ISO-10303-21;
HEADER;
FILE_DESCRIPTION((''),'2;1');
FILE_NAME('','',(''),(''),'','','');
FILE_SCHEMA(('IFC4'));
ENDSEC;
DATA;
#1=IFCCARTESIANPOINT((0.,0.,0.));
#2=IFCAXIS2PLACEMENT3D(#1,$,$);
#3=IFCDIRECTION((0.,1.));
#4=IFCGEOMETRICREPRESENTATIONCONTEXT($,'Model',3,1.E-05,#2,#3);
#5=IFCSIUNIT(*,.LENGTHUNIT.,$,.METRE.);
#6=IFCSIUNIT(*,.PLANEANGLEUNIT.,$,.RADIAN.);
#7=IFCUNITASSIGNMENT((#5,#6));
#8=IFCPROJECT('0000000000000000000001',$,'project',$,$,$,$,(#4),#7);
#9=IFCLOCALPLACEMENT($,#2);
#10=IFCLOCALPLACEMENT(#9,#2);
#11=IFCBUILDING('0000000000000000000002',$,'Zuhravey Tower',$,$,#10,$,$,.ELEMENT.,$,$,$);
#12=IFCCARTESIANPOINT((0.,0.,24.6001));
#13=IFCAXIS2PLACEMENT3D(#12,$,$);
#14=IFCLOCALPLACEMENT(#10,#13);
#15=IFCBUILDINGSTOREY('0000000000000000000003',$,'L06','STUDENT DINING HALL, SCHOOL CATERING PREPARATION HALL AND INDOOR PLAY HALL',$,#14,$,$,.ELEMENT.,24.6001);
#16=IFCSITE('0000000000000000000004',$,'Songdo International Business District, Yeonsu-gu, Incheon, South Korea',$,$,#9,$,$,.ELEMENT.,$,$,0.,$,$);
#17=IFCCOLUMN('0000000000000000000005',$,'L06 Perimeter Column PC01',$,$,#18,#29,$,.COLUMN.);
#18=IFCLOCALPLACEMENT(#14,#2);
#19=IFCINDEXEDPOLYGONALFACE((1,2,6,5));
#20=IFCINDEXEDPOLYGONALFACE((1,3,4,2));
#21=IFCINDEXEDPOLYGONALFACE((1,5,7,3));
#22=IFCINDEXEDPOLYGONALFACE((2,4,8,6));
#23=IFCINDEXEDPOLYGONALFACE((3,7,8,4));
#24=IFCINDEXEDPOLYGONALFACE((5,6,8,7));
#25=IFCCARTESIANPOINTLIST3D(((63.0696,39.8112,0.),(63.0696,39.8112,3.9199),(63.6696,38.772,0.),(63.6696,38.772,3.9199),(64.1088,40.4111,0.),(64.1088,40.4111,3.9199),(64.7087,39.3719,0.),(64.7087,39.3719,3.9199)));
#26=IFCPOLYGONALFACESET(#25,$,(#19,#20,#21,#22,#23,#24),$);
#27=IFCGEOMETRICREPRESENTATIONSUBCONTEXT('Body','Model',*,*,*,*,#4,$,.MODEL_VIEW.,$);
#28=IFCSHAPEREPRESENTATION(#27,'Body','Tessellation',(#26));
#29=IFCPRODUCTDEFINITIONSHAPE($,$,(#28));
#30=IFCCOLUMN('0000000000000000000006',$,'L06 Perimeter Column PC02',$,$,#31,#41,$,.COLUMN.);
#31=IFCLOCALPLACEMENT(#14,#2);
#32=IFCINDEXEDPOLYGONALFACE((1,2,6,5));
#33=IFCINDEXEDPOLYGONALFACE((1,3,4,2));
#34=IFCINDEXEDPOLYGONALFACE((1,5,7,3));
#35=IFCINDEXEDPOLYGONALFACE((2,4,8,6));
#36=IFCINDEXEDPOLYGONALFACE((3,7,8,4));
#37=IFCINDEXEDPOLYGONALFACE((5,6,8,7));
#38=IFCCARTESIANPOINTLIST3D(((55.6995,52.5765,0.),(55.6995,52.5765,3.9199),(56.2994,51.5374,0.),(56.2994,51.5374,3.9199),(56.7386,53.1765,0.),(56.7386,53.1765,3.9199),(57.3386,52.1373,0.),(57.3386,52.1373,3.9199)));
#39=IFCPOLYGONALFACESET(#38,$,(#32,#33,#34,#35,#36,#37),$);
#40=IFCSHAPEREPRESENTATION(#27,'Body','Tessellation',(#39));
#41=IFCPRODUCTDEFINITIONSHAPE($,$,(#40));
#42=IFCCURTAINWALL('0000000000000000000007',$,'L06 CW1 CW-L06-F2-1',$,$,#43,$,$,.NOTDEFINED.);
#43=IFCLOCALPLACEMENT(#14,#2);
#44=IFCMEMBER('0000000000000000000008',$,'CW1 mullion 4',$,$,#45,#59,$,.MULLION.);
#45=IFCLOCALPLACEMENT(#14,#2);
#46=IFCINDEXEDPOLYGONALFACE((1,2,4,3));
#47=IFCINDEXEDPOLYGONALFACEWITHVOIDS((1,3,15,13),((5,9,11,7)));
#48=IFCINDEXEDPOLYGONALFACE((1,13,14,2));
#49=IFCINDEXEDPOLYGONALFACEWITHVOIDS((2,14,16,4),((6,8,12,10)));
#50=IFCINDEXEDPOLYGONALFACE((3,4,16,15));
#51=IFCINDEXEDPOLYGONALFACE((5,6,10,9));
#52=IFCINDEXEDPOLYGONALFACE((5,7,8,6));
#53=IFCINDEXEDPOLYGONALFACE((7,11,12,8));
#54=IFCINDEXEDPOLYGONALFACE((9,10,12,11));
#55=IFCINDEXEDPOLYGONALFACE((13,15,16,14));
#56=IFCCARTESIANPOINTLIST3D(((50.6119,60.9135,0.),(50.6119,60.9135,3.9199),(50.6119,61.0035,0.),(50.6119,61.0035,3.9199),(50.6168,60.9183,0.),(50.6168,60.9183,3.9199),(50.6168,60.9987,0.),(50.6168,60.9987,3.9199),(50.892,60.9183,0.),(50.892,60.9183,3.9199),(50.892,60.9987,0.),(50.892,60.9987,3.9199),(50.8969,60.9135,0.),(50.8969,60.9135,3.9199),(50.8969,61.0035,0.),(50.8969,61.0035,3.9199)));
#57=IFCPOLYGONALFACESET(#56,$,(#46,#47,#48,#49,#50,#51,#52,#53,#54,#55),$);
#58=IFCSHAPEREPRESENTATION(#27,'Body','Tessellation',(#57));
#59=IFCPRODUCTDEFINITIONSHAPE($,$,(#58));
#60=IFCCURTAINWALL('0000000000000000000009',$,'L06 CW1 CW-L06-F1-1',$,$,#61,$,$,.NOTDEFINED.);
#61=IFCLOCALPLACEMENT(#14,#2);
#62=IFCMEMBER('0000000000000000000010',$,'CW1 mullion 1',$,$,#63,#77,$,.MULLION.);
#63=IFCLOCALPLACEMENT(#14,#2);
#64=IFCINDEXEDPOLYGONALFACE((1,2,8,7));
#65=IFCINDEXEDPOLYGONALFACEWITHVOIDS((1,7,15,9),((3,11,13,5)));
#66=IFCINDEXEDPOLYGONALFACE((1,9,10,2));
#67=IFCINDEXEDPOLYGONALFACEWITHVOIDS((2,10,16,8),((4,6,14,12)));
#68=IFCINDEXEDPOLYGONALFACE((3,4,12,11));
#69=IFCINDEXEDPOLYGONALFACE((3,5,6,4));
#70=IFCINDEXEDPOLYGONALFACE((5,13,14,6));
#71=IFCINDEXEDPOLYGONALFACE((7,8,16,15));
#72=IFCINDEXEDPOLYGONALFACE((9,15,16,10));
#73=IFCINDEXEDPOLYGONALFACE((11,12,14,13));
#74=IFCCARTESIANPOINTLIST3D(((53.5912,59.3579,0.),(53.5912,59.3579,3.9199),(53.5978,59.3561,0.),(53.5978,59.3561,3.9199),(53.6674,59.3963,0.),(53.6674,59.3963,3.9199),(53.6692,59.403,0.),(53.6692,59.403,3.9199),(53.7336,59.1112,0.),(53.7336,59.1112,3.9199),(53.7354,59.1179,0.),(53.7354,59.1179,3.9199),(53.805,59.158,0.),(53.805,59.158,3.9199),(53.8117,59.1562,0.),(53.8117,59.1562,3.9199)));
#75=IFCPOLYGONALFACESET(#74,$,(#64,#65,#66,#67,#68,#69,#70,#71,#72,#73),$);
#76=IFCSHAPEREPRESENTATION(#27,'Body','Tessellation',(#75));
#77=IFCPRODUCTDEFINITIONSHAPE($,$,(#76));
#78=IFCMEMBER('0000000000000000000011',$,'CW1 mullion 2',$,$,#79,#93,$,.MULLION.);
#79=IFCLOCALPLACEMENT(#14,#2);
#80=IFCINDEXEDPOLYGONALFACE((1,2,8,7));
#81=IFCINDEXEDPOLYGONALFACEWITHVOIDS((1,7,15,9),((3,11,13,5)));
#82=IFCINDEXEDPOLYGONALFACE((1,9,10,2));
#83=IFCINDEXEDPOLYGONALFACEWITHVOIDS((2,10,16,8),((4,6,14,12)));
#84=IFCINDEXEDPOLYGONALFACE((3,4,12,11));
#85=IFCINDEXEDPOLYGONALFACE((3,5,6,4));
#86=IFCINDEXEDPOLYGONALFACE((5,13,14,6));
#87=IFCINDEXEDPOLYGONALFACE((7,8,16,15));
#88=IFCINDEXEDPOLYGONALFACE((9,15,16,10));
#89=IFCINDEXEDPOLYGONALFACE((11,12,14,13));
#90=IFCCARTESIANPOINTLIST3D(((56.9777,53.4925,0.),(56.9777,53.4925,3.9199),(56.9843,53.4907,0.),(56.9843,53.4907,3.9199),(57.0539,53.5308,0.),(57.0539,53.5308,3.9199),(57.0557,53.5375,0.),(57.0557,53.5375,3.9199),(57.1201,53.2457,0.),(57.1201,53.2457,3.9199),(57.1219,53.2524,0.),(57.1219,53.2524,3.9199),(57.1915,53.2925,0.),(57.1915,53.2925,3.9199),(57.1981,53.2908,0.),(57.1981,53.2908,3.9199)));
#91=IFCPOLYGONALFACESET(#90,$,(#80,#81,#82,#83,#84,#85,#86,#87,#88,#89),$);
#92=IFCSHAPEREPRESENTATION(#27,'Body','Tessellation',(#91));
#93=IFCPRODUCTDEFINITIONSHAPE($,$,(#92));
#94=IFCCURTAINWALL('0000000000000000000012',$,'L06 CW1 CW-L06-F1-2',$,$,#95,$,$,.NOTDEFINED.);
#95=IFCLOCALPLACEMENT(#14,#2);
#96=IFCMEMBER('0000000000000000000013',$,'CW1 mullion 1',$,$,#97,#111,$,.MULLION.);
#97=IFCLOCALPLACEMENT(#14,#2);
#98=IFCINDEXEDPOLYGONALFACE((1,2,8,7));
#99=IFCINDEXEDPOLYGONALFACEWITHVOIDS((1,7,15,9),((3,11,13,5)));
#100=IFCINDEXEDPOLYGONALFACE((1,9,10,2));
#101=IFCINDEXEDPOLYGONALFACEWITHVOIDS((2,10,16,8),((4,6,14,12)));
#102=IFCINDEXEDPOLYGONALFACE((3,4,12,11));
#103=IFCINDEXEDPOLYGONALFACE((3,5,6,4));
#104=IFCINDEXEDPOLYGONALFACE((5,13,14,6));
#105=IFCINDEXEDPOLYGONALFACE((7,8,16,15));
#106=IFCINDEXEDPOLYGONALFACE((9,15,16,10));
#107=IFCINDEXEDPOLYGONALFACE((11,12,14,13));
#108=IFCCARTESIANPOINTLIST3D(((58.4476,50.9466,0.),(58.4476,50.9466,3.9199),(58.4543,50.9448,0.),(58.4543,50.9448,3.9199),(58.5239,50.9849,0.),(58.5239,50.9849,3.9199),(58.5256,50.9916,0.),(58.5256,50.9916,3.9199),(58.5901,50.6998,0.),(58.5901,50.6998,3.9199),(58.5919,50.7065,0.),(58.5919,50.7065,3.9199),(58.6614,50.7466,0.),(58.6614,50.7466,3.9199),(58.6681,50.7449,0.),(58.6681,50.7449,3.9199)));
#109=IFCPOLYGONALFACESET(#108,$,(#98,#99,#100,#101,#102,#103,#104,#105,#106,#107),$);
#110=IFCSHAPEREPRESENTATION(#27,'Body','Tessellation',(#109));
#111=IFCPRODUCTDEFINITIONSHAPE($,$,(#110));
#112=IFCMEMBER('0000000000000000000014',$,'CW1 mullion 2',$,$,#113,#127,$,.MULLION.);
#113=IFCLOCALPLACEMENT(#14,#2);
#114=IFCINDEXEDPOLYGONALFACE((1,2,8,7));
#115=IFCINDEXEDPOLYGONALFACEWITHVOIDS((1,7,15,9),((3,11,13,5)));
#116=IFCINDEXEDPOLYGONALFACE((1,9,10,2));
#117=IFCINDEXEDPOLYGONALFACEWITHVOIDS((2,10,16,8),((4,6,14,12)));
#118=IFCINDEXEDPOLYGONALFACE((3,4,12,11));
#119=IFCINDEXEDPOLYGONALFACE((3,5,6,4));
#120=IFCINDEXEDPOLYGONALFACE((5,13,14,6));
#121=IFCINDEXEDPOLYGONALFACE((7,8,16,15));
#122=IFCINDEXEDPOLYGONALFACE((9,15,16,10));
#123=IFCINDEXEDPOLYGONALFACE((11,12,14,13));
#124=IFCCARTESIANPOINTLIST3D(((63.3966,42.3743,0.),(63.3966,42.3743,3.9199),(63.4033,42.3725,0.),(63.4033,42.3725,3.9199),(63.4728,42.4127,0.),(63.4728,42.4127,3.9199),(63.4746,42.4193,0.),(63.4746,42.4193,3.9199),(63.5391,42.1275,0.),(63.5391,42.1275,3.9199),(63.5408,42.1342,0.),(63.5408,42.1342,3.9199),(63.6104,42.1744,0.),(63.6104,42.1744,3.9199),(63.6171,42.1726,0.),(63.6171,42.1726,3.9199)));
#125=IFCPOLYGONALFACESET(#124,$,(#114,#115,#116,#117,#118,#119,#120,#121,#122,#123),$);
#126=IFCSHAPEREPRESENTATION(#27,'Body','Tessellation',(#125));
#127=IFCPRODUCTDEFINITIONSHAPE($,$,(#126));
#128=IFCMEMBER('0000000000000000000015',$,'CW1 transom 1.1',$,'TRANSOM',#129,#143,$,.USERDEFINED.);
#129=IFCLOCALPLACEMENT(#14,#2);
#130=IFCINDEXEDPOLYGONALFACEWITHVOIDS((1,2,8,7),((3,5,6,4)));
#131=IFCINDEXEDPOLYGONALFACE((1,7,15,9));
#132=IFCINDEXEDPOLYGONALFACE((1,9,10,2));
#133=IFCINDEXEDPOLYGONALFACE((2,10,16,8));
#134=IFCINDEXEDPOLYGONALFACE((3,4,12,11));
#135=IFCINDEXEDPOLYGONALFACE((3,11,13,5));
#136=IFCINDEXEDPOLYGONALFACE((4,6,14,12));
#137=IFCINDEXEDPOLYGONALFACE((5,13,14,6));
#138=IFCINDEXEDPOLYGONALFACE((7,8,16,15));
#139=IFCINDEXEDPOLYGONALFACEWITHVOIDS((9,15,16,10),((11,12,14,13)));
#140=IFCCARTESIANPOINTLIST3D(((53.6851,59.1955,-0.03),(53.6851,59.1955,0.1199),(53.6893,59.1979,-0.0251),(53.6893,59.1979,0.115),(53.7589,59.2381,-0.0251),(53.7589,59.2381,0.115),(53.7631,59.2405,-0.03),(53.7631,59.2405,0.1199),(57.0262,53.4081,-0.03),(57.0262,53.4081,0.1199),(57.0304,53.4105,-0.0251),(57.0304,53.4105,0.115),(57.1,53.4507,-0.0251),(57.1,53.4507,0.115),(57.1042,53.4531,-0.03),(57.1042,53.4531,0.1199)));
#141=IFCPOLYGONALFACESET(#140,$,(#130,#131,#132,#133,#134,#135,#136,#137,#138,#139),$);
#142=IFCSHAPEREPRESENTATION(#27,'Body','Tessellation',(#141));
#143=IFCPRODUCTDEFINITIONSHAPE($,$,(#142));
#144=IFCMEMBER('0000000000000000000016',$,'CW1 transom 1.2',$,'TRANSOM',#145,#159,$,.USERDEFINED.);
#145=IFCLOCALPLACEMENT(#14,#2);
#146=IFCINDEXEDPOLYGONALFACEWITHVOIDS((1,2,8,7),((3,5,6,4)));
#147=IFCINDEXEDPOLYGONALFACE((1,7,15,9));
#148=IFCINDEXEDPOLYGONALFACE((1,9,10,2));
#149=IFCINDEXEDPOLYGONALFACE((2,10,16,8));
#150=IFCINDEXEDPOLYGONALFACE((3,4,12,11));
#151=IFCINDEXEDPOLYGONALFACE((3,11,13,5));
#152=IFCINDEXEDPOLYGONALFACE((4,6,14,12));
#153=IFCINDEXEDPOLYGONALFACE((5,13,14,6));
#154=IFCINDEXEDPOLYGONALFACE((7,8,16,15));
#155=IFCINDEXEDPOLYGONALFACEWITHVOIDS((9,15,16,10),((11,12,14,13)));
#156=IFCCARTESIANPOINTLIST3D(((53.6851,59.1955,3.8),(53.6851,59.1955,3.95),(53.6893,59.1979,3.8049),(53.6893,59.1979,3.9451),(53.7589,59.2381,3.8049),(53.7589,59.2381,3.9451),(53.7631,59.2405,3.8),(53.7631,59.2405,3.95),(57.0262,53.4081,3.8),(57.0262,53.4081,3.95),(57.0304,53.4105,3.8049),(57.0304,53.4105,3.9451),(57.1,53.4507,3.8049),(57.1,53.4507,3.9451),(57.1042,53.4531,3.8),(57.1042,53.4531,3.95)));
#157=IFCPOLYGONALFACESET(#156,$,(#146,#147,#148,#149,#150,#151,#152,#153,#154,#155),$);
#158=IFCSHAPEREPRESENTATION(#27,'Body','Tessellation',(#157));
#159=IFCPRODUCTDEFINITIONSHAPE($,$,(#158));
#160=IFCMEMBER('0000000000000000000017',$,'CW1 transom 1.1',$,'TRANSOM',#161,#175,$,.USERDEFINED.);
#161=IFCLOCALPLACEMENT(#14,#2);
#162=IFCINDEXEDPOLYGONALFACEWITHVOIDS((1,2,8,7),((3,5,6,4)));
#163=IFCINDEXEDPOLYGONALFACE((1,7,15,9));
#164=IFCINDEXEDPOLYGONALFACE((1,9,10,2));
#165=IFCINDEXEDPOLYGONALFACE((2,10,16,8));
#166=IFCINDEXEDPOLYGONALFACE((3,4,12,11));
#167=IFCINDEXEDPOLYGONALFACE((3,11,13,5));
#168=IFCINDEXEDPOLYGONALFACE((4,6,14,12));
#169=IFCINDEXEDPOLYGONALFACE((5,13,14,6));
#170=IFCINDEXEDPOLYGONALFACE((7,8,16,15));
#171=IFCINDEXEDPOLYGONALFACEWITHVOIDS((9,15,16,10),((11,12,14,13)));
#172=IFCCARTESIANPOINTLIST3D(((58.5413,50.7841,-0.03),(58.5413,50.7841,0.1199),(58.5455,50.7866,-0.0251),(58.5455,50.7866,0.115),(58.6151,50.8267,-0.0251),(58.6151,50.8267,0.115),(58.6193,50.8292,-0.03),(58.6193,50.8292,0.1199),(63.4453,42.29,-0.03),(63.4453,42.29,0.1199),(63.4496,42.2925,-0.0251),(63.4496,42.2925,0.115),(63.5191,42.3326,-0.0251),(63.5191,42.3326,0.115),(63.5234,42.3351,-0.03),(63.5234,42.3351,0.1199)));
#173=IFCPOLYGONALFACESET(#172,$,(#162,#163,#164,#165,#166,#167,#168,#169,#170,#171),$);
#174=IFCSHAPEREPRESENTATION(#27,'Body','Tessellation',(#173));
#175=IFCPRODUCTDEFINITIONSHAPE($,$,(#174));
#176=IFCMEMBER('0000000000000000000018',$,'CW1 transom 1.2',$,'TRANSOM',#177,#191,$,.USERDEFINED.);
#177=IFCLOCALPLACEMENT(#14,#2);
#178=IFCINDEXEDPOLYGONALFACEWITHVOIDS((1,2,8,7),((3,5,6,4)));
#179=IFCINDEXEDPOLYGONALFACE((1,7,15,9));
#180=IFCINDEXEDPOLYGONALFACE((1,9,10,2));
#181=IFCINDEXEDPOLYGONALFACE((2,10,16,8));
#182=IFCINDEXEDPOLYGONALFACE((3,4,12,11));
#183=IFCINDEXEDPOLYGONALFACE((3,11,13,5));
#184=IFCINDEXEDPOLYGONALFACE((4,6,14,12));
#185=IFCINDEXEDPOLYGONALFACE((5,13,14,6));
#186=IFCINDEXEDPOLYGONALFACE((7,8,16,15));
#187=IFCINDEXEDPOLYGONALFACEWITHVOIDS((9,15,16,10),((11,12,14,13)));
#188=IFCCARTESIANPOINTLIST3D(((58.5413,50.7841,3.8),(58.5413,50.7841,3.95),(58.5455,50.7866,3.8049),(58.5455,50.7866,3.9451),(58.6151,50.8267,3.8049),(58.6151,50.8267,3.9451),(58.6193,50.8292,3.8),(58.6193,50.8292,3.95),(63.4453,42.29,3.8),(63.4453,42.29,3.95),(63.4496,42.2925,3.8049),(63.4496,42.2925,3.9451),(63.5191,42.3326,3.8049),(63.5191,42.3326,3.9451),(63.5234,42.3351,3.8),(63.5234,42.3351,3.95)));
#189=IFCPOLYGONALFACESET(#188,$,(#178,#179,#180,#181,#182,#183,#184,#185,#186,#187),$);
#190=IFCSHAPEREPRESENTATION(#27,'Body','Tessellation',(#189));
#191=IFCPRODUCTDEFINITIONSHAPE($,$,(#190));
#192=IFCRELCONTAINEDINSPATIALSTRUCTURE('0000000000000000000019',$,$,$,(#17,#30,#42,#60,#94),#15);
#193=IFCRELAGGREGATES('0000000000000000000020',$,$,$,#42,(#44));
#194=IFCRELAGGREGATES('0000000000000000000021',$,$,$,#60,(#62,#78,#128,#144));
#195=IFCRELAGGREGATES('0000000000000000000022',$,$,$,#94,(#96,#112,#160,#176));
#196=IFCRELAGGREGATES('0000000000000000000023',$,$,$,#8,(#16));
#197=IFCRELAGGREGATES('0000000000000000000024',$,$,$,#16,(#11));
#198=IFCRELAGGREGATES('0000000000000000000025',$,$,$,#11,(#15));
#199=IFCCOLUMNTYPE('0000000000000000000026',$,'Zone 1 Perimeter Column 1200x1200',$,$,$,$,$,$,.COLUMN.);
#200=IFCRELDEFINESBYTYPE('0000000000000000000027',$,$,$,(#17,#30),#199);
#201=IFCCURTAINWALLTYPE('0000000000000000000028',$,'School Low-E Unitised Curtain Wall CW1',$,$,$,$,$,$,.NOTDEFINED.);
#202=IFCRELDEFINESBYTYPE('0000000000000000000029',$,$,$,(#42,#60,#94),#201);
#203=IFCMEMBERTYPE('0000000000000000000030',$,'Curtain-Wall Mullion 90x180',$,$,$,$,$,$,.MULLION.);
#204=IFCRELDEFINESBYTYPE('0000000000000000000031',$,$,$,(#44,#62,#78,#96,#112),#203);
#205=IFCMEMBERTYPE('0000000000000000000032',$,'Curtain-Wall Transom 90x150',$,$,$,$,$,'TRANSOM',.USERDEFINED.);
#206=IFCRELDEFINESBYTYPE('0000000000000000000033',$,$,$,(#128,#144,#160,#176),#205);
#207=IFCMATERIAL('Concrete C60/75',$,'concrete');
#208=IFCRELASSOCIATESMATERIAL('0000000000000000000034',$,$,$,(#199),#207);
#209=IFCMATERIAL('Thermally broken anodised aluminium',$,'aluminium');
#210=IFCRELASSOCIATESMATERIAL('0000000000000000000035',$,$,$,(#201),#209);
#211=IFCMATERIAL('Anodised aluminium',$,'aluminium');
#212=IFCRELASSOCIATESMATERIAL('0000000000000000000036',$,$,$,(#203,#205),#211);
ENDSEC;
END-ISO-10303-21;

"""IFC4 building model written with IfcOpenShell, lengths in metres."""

from ifc_helpers import new_model, si_unit, direction, frame, origin, origin_2d, place, context, subcontext, project, spatial, rectangle, hollow_rectangle, extrude, material, material_profile, profile_set, type_object, element, aggregate, save


model = new_model("IFC4")

# Units and contexts
model_context = context("Model", 3, precision=1e-05, world=origin(), true_north=direction((0.0, 1.0)))
body_context = subcontext(model_context, "Body", "Model", "MODEL_VIEW")
ifc_project = project(units=[si_unit("LENGTHUNIT", "METRE"), si_unit("PLANEANGLEUNIT", "RADIAN")], contexts=[model_context])

# Site, building, storey
site_placement = place(None, origin())
site = spatial("IfcSite", under=ifc_project, at=site_placement, Name="Songdo International Business District, Yeonsu-gu, Incheon, South Korea", CompositionType="ELEMENT", RefElevation=0.0)
building_placement = place(site_placement, origin())
building = spatial("IfcBuilding", under=site, at=building_placement, Name="Zuhravey Tower", CompositionType="ELEMENT")
storey_placement = place(building_placement, frame((0.0, 0.0, 24.6001)))
storey = spatial("IfcBuildingStorey", under=building, at=storey_placement, Name="L06", Description="STUDENT DINING HALL, SCHOOL CATERING PREPARATION HALL AND INDOOR PLAY HALL", CompositionType="ELEMENT", Elevation=24.6001)

# Columns
ifc_material_1 = material(Name="Concrete C60/75", Category="concrete")
ifc_material_profile_1 = material_profile(ifc_material_1, rectangle(XDim=1.2, YDim=1.2, at=origin_2d()), Name="RC-1200x1200")
ifc_profile_set_1 = profile_set([ifc_material_profile_1], Name="Concrete C60/75")
column_type = type_object("IfcColumnType", Name="Zone 1 Perimeter Column 1200x1200", PredefinedType="COLUMN", material=ifc_profile_set_1)
for number, where, z_axis, x_axis, name in (
    (1, (63.8892, 39.5916, 0.0), (0.0, 0.0, 1.0), (-0.5, 0.866025, 0.0), "L06 Perimeter Column PC01"),
    (2, (56.519, 52.3569, 0.0), (0.0, 0.0, 1.0), (-0.5, 0.866025, 0.0), "L06 Perimeter Column PC02"),
):
    element("IfcColumn", number, at=place(storey_placement, frame(where, z_axis=z_axis, x_axis=x_axis)), inside=storey, type_object=column_type, Name=name, PredefinedType="COLUMN", context=body_context, shape_type="SweptSolid", body=[
        extrude(rectangle(XDim=1.2, YDim=1.2, at=origin_2d()), origin(), (0.0, 0.0, 1.0), 3.9199),
    ])

# Curtain wall, member
ifc_material_2 = material(Name="Thermally broken anodised aluminium", Category="aluminium")
curtain_wall_type = type_object("IfcCurtainWallType", Name="School Low-E Unitised Curtain Wall CW1", PredefinedType="NOTDEFINED", material=ifc_material_2)
curtain_wall_1_placement = place(storey_placement, origin())
curtain_wall_1 = element("IfcCurtainWall", 3, at=curtain_wall_1_placement, inside=storey, type_object=curtain_wall_type, Name="L06 CW1 CW-L06-F2-1", PredefinedType="NOTDEFINED")
ifc_material_3 = material(Name="Anodised aluminium", Category="aluminium")
ifc_material_profile_2 = material_profile(ifc_material_3, hollow_rectangle(XDim=0.0901, YDim=0.2849, WallThickness=0.0049, at=origin_2d()), Name="ALU-RHS-90x285x5")
ifc_profile_set_2 = profile_set([ifc_material_profile_2], Name="Anodised aluminium")
member_type_1 = type_object("IfcMemberType", Name="Curtain-Wall Mullion 90x180", PredefinedType="MULLION", material=ifc_profile_set_2)
member_1_placement = place(storey_placement, frame((50.7544, 60.9585, 0.0), z_axis=(0.0, 0.0, 1.0), x_axis=(0.0, 1.0, 0.0)))
member_1 = element("IfcMember", 4, at=member_1_placement, type_object=member_type_1, Name="CW1 mullion 4", PredefinedType="MULLION", context=body_context, shape_type="SweptSolid", body=[
    extrude(hollow_rectangle(XDim=0.0901, YDim=0.2849, WallThickness=0.0049, at=origin_2d()), origin(), (0.0, 0.0, 1.0), 3.9199),
])
aggregate(curtain_wall_1, [member_1])

# Curtain walls, members
curtain_wall_2_placement = place(storey_placement, origin())
curtain_wall_2 = element("IfcCurtainWall", 5, at=curtain_wall_2_placement, inside=storey, type_object=curtain_wall_type, Name="L06 CW1 CW-L06-F1-1", PredefinedType="NOTDEFINED")
member_2_placement = place(storey_placement, frame((53.7014, 59.2571, 0.0), z_axis=(0.0, 0.0, 1.0), x_axis=(0.86603, 0.499993, 0.0)))
member_2 = element("IfcMember", 6, at=member_2_placement, type_object=member_type_1, Name="CW1 mullion 1", PredefinedType="MULLION", context=body_context, shape_type="SweptSolid", body=[
    extrude(hollow_rectangle(XDim=0.0901, YDim=0.2849, WallThickness=0.0049, at=origin_2d()), origin(), (0.0, 0.0, 1.0), 3.9199),
])
member_3_placement = place(storey_placement, frame((57.0879, 53.3916, 0.0), z_axis=(0.0, 0.0, 1.0), x_axis=(0.86603, 0.499993, 0.0)))
member_3 = element("IfcMember", 7, at=member_3_placement, type_object=member_type_1, Name="CW1 mullion 2", PredefinedType="MULLION", context=body_context, shape_type="SweptSolid", body=[
    extrude(hollow_rectangle(XDim=0.0901, YDim=0.2849, WallThickness=0.0049, at=origin_2d()), origin(), (0.0, 0.0, 1.0), 3.9199),
])
curtain_wall_3_placement = place(storey_placement, origin())
curtain_wall_3 = element("IfcCurtainWall", 8, at=curtain_wall_3_placement, inside=storey, type_object=curtain_wall_type, Name="L06 CW1 CW-L06-F1-2", PredefinedType="NOTDEFINED")
member_4_placement = place(storey_placement, frame((58.5579, 50.8457, 0.0), z_axis=(0.0, 0.0, 1.0), x_axis=(0.866025, 0.500001, 0.0)))
member_4 = element("IfcMember", 9, at=member_4_placement, type_object=member_type_1, Name="CW1 mullion 1", PredefinedType="MULLION", context=body_context, shape_type="SweptSolid", body=[
    extrude(hollow_rectangle(XDim=0.0901, YDim=0.2849, WallThickness=0.0049, at=origin_2d()), origin(), (0.0, 0.0, 1.0), 3.9199),
])
member_5_placement = place(storey_placement, frame((63.5068, 42.2734, 0.0), z_axis=(0.0, 0.0, 1.0), x_axis=(0.866025, 0.500001, 0.0)))
member_5 = element("IfcMember", 10, at=member_5_placement, type_object=member_type_1, Name="CW1 mullion 2", PredefinedType="MULLION", context=body_context, shape_type="SweptSolid", body=[
    extrude(hollow_rectangle(XDim=0.0901, YDim=0.2849, WallThickness=0.0049, at=origin_2d()), origin(), (0.0, 0.0, 1.0), 3.9199),
])

# Members
ifc_material_profile_3 = material_profile(ifc_material_3, hollow_rectangle(XDim=0.0901, YDim=0.1499, WallThickness=0.0049, at=origin_2d()), Name="ALU-RHS-90x150x5")
ifc_profile_set_3 = profile_set([ifc_material_profile_3], Name="Anodised aluminium")
member_type_2 = type_object("IfcMemberType", Name="Curtain-Wall Transom 90x150", ElementType="TRANSOM", PredefinedType="USERDEFINED", material=ifc_profile_set_3)
member_6_placement = place(storey_placement, frame((53.7241, 59.218, 0.0449), z_axis=(0.49997, -0.866043, 0.0), x_axis=(0.866043, 0.49997, 0.0)))
member_6 = element("IfcMember", 11, at=member_6_placement, type_object=member_type_2, Name="CW1 transom 1.1", ObjectType="TRANSOM", PredefinedType="USERDEFINED", context=body_context, shape_type="SweptSolid", body=[
    extrude(hollow_rectangle(XDim=0.0901, YDim=0.1499, WallThickness=0.0049, at=origin_2d()), origin(), (0.0, 0.0, 1.0), 6.6826),
])
member_7_placement = place(storey_placement, frame((53.7241, 59.218, 3.875), z_axis=(0.49997, -0.866043, 0.0), x_axis=(0.866043, 0.49997, 0.0)))
member_7 = element("IfcMember", 12, at=member_7_placement, type_object=member_type_2, Name="CW1 transom 1.2", ObjectType="TRANSOM", PredefinedType="USERDEFINED", context=body_context, shape_type="SweptSolid", body=[
    extrude(hollow_rectangle(XDim=0.0901, YDim=0.1499, WallThickness=0.0049, at=origin_2d()), origin(), (0.0, 0.0, 1.0), 6.6826),
])
member_8_placement = place(storey_placement, frame((58.5803, 50.8066, 0.0449), z_axis=(0.499997, -0.866027, 0.0), x_axis=(0.866027, 0.499997, 0.0)))
member_8 = element("IfcMember", 13, at=member_8_placement, type_object=member_type_2, Name="CW1 transom 1.1", ObjectType="TRANSOM", PredefinedType="USERDEFINED", context=body_context, shape_type="SweptSolid", body=[
    extrude(hollow_rectangle(XDim=0.0901, YDim=0.1499, WallThickness=0.0049, at=origin_2d()), origin(), (0.0, 0.0, 1.0), 9.8081),
])
member_9_placement = place(storey_placement, frame((58.5803, 50.8066, 3.875), z_axis=(0.499997, -0.866027, 0.0), x_axis=(0.866027, 0.499997, 0.0)))
member_9 = element("IfcMember", 14, at=member_9_placement, type_object=member_type_2, Name="CW1 transom 1.2", ObjectType="TRANSOM", PredefinedType="USERDEFINED", context=body_context, shape_type="SweptSolid", body=[
    extrude(hollow_rectangle(XDim=0.0901, YDim=0.1499, WallThickness=0.0049, at=origin_2d()), origin(), (0.0, 0.0, 1.0), 9.8081),
])

aggregate(curtain_wall_2, [member_2, member_3, member_6, member_7])
aggregate(curtain_wall_3, [member_4, member_5, member_8, member_9])

save(model, "model.ifc")
